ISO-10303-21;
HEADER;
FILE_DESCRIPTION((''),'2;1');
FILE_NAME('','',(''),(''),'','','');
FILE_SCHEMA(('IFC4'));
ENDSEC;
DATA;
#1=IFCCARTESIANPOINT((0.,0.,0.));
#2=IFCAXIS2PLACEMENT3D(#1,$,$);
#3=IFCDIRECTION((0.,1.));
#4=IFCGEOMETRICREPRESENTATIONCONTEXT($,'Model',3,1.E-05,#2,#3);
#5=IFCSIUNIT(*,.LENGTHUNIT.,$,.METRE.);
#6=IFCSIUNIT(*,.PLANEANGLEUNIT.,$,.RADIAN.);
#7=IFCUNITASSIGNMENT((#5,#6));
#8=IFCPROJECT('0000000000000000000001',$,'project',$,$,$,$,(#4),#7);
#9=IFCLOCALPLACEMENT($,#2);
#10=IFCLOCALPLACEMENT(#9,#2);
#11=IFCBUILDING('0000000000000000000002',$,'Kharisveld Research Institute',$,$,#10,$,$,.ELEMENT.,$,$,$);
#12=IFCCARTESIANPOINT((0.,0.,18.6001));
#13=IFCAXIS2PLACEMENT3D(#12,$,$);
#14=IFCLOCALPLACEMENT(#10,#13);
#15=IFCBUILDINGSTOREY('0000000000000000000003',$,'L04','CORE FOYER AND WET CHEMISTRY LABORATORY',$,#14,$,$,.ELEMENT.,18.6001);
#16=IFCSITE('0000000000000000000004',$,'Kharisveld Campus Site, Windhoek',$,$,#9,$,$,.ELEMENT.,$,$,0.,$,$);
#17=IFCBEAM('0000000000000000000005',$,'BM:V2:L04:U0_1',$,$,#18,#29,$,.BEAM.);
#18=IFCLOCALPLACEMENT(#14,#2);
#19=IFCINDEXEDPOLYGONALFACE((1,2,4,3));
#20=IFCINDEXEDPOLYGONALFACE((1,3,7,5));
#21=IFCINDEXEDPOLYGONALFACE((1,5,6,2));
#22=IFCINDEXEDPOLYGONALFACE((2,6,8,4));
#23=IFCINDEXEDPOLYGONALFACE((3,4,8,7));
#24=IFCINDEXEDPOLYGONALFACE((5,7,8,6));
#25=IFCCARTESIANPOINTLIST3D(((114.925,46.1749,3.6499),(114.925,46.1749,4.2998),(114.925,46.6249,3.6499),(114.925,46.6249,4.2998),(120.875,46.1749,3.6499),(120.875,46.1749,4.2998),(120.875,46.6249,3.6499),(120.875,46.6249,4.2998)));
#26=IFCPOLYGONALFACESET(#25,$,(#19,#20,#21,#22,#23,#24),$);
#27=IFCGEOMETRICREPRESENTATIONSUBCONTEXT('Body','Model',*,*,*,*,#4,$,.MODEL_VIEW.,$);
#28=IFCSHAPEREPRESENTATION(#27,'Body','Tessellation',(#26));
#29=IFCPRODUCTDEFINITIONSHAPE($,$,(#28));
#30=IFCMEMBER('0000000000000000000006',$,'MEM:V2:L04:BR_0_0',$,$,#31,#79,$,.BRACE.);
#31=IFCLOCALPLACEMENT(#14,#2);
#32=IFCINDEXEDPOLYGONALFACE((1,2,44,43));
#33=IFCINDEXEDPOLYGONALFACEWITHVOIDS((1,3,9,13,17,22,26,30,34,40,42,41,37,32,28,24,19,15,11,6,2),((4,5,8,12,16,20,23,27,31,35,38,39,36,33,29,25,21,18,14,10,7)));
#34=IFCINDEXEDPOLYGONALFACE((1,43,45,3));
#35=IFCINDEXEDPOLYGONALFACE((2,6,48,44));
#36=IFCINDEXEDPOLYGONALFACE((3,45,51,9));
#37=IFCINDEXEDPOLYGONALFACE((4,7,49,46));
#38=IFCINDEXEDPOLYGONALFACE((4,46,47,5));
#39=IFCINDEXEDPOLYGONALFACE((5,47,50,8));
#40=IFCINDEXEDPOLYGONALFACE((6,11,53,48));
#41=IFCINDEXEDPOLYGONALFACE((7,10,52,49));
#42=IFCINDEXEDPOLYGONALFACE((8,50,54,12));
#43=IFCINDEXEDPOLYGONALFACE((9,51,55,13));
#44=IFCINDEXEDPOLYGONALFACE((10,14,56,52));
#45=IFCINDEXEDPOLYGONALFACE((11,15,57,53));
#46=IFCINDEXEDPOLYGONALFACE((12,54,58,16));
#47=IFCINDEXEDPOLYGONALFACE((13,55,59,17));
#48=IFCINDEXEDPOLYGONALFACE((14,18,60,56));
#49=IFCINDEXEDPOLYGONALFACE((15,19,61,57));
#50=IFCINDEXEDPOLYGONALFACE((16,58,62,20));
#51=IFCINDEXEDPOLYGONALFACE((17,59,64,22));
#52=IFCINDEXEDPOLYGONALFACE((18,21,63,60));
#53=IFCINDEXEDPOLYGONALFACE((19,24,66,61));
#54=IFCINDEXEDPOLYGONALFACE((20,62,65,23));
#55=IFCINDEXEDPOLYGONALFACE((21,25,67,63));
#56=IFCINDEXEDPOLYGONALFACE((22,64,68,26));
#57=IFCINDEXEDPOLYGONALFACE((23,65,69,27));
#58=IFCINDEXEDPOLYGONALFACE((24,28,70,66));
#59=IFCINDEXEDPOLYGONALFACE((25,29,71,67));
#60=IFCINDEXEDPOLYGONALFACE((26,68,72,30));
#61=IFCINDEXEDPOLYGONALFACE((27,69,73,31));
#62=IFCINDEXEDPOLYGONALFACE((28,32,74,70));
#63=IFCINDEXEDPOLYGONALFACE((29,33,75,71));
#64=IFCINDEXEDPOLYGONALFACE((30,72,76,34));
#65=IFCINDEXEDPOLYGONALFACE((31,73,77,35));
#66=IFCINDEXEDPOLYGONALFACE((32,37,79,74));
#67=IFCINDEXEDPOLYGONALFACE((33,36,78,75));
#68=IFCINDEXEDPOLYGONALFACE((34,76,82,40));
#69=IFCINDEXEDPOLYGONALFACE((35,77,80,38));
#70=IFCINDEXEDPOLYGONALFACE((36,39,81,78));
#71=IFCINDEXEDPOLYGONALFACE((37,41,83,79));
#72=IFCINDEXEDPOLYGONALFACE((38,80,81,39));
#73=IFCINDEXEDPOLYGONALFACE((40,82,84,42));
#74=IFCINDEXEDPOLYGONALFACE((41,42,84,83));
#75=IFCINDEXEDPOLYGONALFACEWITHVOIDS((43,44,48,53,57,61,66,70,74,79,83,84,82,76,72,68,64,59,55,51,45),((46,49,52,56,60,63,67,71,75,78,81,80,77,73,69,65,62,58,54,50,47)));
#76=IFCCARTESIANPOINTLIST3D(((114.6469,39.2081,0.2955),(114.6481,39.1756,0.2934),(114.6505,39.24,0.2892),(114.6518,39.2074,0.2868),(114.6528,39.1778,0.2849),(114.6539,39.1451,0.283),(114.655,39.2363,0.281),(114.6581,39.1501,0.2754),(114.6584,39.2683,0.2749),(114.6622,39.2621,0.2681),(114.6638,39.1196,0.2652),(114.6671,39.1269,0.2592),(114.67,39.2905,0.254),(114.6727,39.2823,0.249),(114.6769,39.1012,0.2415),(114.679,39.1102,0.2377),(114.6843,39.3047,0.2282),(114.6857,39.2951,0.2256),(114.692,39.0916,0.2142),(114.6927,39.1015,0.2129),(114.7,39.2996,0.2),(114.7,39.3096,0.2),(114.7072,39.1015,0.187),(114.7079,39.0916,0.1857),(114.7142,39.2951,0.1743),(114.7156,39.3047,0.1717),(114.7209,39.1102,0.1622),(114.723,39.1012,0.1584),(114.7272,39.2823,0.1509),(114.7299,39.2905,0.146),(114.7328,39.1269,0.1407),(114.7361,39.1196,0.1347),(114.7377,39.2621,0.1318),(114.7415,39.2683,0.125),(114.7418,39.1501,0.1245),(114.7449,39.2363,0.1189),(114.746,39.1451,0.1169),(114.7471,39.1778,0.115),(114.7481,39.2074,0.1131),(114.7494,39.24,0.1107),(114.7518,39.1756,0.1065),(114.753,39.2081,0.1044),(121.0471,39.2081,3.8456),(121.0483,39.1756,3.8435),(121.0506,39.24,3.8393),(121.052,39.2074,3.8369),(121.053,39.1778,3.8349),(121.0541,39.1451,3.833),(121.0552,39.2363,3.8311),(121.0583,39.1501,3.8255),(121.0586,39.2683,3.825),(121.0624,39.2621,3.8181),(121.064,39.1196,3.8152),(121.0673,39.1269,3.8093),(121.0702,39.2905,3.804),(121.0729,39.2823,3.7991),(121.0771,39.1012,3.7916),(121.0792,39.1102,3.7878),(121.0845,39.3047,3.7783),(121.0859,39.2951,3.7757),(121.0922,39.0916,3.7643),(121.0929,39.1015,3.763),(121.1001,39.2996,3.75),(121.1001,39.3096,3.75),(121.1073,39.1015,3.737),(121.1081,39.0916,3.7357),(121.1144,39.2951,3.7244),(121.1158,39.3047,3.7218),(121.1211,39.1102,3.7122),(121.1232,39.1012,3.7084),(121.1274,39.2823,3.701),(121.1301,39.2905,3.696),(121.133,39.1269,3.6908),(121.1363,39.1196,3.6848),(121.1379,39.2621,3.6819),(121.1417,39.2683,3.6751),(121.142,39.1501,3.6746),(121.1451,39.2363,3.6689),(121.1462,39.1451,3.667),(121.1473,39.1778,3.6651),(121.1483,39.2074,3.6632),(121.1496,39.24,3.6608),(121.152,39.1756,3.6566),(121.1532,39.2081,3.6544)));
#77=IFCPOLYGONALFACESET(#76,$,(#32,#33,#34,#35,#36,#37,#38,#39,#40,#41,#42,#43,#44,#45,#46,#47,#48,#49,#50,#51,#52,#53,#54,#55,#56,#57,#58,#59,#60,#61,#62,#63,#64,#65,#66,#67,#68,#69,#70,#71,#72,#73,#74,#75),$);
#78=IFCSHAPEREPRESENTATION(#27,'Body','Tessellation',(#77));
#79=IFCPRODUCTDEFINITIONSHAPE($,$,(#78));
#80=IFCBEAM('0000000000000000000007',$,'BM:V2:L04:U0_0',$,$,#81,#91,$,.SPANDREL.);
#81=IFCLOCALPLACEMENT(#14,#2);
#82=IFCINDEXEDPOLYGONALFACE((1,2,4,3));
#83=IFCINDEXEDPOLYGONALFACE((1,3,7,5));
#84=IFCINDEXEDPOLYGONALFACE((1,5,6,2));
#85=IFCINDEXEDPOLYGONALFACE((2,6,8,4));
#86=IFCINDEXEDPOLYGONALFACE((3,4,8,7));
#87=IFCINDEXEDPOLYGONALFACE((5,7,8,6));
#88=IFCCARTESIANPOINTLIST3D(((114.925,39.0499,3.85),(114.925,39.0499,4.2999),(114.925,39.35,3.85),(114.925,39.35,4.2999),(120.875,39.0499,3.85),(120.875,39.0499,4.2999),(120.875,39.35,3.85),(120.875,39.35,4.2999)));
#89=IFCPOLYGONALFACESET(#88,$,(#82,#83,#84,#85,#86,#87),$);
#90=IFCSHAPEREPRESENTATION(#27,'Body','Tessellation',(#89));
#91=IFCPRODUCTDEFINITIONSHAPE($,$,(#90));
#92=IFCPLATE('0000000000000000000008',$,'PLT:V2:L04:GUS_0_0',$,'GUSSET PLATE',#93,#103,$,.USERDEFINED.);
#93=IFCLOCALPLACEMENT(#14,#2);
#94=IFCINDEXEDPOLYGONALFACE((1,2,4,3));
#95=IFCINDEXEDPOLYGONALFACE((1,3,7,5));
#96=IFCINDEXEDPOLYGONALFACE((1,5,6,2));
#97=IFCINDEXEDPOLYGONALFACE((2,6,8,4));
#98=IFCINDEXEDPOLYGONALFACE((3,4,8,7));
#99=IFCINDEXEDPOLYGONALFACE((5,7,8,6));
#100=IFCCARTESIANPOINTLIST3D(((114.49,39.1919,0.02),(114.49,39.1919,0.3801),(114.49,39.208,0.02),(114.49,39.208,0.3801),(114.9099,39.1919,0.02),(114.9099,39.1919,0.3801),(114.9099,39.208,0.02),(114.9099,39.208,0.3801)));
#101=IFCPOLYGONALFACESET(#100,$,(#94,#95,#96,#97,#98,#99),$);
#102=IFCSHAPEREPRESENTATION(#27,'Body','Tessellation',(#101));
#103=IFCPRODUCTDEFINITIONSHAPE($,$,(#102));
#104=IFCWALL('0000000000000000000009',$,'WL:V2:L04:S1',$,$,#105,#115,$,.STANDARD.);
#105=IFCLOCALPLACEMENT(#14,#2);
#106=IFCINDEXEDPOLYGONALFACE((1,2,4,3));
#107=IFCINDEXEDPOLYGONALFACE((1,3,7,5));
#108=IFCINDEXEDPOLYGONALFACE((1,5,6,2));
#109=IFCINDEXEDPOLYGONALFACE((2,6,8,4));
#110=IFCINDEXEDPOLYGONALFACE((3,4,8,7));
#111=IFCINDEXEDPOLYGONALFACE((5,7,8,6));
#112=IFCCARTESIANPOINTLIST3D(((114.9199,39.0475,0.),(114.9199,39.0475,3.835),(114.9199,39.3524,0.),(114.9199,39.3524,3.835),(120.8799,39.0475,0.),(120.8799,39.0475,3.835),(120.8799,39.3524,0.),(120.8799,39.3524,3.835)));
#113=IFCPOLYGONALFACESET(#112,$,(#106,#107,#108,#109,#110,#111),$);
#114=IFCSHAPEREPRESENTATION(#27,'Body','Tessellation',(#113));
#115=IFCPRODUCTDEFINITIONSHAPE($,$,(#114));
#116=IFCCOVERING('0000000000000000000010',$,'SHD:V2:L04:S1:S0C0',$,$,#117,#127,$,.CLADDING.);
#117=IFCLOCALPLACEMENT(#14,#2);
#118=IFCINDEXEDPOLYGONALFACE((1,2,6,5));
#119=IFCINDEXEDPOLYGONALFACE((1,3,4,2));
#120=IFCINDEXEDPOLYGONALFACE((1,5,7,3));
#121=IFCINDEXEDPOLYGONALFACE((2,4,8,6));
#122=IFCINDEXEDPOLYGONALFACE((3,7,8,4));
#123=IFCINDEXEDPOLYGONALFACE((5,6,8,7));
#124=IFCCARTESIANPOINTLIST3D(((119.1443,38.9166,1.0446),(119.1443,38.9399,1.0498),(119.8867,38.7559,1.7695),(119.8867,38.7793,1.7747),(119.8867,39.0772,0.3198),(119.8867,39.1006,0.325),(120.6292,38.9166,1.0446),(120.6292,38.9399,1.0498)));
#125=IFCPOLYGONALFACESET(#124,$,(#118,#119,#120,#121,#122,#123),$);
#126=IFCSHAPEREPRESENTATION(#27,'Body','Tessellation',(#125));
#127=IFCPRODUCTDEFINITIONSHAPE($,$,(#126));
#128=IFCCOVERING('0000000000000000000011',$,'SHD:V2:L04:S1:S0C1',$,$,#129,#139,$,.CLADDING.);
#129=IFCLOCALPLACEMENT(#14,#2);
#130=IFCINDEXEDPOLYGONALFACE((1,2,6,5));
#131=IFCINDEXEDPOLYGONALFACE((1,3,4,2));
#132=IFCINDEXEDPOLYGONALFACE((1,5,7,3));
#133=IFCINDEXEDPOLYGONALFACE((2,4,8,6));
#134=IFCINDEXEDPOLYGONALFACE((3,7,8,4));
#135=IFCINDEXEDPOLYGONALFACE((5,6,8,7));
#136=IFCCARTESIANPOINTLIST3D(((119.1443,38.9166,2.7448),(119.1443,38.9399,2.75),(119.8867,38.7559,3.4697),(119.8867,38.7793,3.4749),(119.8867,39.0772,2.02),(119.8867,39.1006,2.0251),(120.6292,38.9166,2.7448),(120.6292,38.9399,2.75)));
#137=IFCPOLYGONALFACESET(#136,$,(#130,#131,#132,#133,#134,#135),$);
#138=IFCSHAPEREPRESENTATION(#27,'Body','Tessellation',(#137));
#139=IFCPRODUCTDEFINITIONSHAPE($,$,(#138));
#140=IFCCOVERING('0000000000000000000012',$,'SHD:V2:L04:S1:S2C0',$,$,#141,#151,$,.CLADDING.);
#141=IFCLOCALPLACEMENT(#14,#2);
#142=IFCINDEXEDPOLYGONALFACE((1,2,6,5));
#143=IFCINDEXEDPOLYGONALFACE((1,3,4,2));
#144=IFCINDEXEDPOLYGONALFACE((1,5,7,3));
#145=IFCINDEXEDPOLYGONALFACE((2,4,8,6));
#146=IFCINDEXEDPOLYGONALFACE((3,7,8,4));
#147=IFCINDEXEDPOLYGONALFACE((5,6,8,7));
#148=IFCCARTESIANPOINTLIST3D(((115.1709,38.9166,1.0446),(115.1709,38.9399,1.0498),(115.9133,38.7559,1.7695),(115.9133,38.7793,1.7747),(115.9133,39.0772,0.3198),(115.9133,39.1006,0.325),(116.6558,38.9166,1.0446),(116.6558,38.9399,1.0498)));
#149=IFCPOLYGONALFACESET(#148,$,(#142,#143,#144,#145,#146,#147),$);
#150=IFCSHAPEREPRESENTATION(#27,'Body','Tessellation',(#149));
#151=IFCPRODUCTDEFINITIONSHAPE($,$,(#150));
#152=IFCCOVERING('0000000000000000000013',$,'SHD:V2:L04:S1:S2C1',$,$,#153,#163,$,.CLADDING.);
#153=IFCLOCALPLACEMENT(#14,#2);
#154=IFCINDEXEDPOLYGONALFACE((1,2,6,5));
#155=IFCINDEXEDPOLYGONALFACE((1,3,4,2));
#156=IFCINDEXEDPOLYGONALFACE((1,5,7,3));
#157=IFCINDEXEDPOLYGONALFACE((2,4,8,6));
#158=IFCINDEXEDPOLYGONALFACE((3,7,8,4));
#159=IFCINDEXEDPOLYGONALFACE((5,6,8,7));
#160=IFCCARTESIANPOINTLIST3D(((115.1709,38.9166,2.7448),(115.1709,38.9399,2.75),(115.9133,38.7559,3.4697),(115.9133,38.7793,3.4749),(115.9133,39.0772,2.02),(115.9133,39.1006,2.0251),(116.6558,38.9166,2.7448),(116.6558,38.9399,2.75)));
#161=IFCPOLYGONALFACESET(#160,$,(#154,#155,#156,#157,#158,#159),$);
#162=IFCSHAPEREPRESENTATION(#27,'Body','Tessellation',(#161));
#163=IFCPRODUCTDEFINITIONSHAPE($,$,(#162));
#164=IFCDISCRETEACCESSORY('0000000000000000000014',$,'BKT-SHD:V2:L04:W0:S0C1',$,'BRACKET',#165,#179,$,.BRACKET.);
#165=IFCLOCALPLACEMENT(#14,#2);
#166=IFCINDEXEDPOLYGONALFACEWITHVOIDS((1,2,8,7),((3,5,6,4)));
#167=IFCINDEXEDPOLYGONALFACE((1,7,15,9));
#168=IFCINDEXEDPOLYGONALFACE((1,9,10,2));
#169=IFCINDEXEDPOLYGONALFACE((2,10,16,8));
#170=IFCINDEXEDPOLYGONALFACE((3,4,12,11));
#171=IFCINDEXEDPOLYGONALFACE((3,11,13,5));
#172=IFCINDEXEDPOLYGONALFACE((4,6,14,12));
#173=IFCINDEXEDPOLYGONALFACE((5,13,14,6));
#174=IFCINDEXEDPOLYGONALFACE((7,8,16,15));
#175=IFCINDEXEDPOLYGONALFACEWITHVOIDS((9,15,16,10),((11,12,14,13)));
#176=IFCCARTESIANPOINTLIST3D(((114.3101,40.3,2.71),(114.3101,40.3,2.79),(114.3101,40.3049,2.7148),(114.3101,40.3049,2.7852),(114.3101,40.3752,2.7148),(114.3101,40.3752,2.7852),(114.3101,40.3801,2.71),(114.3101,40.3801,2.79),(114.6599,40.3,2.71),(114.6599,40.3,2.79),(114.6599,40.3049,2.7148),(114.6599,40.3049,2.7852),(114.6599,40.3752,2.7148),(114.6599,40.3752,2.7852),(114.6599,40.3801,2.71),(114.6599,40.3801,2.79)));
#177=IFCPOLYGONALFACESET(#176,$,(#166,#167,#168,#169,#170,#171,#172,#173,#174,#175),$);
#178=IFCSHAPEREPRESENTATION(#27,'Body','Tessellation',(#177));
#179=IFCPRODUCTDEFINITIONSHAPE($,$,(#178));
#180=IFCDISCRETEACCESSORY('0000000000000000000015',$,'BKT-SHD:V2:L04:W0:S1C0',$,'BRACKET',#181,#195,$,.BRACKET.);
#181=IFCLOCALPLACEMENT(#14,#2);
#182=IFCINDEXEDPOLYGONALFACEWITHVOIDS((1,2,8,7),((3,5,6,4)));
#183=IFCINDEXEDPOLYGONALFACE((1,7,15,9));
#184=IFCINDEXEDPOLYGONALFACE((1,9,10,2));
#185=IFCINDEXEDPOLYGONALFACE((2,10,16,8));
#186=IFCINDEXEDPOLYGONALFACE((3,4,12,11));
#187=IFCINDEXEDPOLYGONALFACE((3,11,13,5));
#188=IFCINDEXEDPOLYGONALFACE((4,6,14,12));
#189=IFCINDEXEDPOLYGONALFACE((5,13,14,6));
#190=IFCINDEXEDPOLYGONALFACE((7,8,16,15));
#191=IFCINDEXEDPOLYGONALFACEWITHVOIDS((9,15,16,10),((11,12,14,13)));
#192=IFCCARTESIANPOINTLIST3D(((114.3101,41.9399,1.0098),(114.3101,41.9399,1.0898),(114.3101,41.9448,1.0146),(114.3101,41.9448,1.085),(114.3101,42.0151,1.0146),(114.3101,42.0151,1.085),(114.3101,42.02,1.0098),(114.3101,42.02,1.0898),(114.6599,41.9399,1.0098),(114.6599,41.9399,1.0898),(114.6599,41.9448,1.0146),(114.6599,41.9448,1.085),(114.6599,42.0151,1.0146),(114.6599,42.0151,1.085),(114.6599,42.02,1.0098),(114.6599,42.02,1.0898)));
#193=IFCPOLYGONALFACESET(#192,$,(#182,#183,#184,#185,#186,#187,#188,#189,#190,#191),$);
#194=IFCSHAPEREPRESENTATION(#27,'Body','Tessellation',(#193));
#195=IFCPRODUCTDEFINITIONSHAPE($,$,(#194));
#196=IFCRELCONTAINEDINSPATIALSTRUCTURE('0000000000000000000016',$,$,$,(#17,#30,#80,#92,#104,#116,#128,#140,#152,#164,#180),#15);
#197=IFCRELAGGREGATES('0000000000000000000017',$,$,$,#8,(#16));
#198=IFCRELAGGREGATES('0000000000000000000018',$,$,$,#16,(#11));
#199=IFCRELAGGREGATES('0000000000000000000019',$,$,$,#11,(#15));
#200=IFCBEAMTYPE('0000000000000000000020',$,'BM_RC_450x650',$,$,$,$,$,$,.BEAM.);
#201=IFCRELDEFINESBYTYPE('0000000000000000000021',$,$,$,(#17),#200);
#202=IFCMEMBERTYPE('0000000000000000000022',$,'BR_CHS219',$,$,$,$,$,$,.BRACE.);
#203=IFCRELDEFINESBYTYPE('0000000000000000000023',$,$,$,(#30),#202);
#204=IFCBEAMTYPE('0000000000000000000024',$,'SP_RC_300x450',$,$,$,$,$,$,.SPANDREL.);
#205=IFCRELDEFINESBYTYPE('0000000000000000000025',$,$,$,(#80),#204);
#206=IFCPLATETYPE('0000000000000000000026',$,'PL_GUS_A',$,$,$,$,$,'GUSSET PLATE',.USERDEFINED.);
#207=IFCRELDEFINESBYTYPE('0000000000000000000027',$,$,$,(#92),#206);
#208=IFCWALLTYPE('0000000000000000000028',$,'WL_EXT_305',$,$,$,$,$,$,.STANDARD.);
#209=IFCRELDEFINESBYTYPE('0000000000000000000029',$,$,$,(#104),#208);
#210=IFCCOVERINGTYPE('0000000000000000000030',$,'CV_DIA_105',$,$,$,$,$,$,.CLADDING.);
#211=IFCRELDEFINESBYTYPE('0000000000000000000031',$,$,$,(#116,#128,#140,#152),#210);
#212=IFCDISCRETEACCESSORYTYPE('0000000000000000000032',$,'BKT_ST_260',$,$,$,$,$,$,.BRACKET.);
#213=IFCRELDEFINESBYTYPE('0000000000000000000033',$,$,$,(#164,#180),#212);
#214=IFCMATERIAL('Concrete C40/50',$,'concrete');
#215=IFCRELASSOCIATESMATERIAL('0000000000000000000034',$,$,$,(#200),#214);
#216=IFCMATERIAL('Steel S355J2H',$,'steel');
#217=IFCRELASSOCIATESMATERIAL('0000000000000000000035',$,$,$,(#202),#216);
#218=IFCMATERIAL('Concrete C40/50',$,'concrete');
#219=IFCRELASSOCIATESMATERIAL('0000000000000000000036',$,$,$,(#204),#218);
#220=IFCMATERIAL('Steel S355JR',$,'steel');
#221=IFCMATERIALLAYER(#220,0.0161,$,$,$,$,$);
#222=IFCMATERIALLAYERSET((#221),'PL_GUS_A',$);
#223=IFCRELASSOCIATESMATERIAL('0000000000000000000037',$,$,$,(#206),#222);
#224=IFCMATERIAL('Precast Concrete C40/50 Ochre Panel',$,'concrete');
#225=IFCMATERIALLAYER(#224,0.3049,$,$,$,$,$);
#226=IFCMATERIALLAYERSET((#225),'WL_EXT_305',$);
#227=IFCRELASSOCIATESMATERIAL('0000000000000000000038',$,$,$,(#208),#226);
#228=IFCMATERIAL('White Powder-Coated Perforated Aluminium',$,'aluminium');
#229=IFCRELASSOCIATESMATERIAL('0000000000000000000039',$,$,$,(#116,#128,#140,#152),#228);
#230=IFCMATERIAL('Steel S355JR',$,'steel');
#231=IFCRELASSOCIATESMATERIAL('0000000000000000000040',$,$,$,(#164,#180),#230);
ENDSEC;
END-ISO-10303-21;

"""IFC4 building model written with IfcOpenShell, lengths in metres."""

from ifc_helpers import new_model, si_unit, direction, frame, frame_2d, origin, origin_2d, place, context, subcontext, project, spatial, polyline, rectangle, hollow_rectangle, hollow_circle, outline, extrude, material, layer, layer_set, material_profile, profile_set, type_object, element, save


model = new_model("IFC4")

# Units and contexts
model_context = context("Model", 3, precision=1e-05, world=origin(), true_north=direction((0.0, 1.0)))
body_context = subcontext(model_context, "Body", "Model", "MODEL_VIEW")
ifc_project = project(units=[si_unit("LENGTHUNIT", "METRE"), si_unit("PLANEANGLEUNIT", "RADIAN")], contexts=[model_context])

# Site, building, storey
site_placement = place(None, origin())
site = spatial("IfcSite", under=ifc_project, at=site_placement, Name="Kharisveld Campus Site, Windhoek", CompositionType="ELEMENT", RefElevation=0.0)
building_placement = place(site_placement, origin())
building = spatial("IfcBuilding", under=site, at=building_placement, Name="Kharisveld Research Institute", CompositionType="ELEMENT")
storey_placement = place(building_placement, frame((0.0, 0.0, 18.6001)))
storey = spatial("IfcBuildingStorey", under=building, at=storey_placement, Name="L04", Description="CORE FOYER AND WET CHEMISTRY LABORATORY", CompositionType="ELEMENT", Elevation=18.6001)

# Beam
ifc_material_1 = material(Name="Concrete C40/50", Category="concrete")
ifc_material_profile_1 = material_profile(ifc_material_1, rectangle(XDim=0.45, YDim=0.6499, at=origin_2d()))
ifc_profile_set_1 = profile_set([ifc_material_profile_1], Name="Concrete C40/50")
beam_type_1 = type_object("IfcBeamType", Name="BM_RC_450x650", PredefinedType="BEAM", material=ifc_profile_set_1)
beam_1_placement = place(storey_placement, frame((114.925, 46.3999, 3.9749), z_axis=(1.0, 0.0, 0.0), x_axis=(0.0, 1.0, 0.0)))
element("IfcBeam", 1, at=beam_1_placement, inside=storey, type_object=beam_type_1, Name="BM:V2:L04:U0_1", PredefinedType="BEAM", context=body_context, shape_type="SweptSolid", body=[
    extrude(rectangle(XDim=0.45, YDim=0.6499, at=origin_2d()), origin(), (0.0, 0.0, 1.0), 5.95),
])

# Member
ifc_material_2 = material(Name="Steel S355J2H", Category="steel")
ifc_material_profile_2 = material_profile(ifc_material_2, hollow_circle(Radius=0.1096, WallThickness=0.01, at=origin_2d()))
ifc_profile_set_2 = profile_set([ifc_material_profile_2], Name="Steel S355J2H")
member_type = type_object("IfcMemberType", Name="BR_CHS219", PredefinedType="BRACE", material=ifc_profile_set_2)
member_placement = place(storey_placement, frame((114.7, 39.2, 0.2), z_axis=(0.874481, 0.0, 0.485059), x_axis=(0.0, 1.0, 0.0)))
element("IfcMember", 2, at=member_placement, inside=storey, type_object=member_type, Name="MEM:V2:L04:BR_0_0", PredefinedType="BRACE", context=body_context, shape_type="SweptSolid", body=[
    extrude(hollow_circle(Radius=0.1096, WallThickness=0.01, at=origin_2d()), origin(), (0.0, 0.0, 1.0), 7.3188),
])

# Beam
ifc_material_3 = material(Name="Concrete C40/50", Category="concrete")
ifc_material_profile_3 = material_profile(ifc_material_3, rectangle(XDim=0.3, YDim=0.45, at=origin_2d()))
ifc_profile_set_3 = profile_set([ifc_material_profile_3], Name="Concrete C40/50")
beam_type_2 = type_object("IfcBeamType", Name="SP_RC_300x450", PredefinedType="SPANDREL", material=ifc_profile_set_3)
beam_2_placement = place(storey_placement, frame((114.925, 39.2, 4.075), z_axis=(1.0, 0.0, 0.0), x_axis=(0.0, 1.0, 0.0)))
element("IfcBeam", 3, at=beam_2_placement, inside=storey, type_object=beam_type_2, Name="BM:V2:L04:U0_0", PredefinedType="SPANDREL", context=body_context, shape_type="SweptSolid", body=[
    extrude(rectangle(XDim=0.3, YDim=0.45, at=origin_2d()), origin(), (0.0, 0.0, 1.0), 5.95),
])

# Plate
ifc_material_4 = material(Name="Steel S355JR", Category="steel")
ifc_layer_1 = layer(ifc_material_4, 0.0161)
ifc_layer_set_1 = layer_set([ifc_layer_1], Name="PL_GUS_A")
plate_type = type_object("IfcPlateType", Name="PL_GUS_A", ElementType="GUSSET PLATE", PredefinedType="USERDEFINED", material=ifc_layer_set_1)
plate_placement = place(storey_placement, frame((114.7, 39.2, 0.02), z_axis=(0.0, 0.0, 1.0), x_axis=(1.0, 0.0, 0.0)))
element("IfcPlate", 4, at=plate_placement, inside=storey, type_object=plate_type, Name="PLT:V2:L04:GUS_0_0", ObjectType="GUSSET PLATE", PredefinedType="USERDEFINED", context=body_context, shape_type="SweptSolid", body=[
    extrude(rectangle(XDim=0.4199, YDim=0.0161, at=origin_2d()), origin(), (0.0, 0.0, 1.0), 0.3601),
])

# Wall
ifc_material_5 = material(Name="Precast Concrete C40/50 Ochre Panel", Category="concrete")
ifc_layer_2 = layer(ifc_material_5, 0.3049)
ifc_layer_set_2 = layer_set([ifc_layer_2], Name="WL_EXT_305")
wall_type = type_object("IfcWallType", Name="WL_EXT_305", PredefinedType="STANDARD", material=ifc_layer_set_2)
wall_placement = place(storey_placement, frame((120.8799, 39.2, 0.0), z_axis=(0.0, 0.0, 1.0), x_axis=(-1.0, 0.0, 0.0)))
element("IfcWall", 5, at=wall_placement, inside=storey, type_object=wall_type, Name="WL:V2:L04:S1", PredefinedType="STANDARD", context=body_context, shape_type="SweptSolid", body=[
    extrude(rectangle(XDim=5.96, YDim=0.3049, at=frame_2d((2.98, 0.0))), origin(), (0.0, 0.0, 1.0), 3.835),
])

# Coverings
ifc_material_6 = material(Name="White Powder-Coated Perforated Aluminium", Category="aluminium")
covering_type = type_object("IfcCoveringType", Name="CV_DIA_105", PredefinedType="CLADDING")
for number, where, z_axis, x_axis, name in (
    (6, (119.8867, 39.1006, 0.325), (0.0, 0.976311, 0.216373), (-0.707102, -0.153, 0.69036), "SHD:V2:L04:S1:S0C0"),
    (7, (119.8867, 39.1006, 2.0251), (0.0, 0.976311, 0.216373), (-0.707102, -0.153, 0.69036), "SHD:V2:L04:S1:S0C1"),
    (8, (115.9133, 39.1006, 0.325), (0.0, 0.976311, 0.216373), (-0.707102, -0.153, 0.69036), "SHD:V2:L04:S1:S2C0"),
    (9, (115.9133, 39.1006, 2.0251), (0.0, 0.976311, 0.216373), (-0.707102, -0.153, 0.69036), "SHD:V2:L04:S1:S2C1"),
):
    element("IfcCovering", number, at=place(storey_placement, frame(where, z_axis=z_axis, x_axis=x_axis)), inside=storey, type_object=covering_type, material=ifc_material_6, Name=name, PredefinedType="CLADDING", context=body_context, shape_type="SweptSolid", body=[
        extrude(outline(polyline([(0.0, 0.0), (1.05, 0.0), (1.05, 1.05), (0.0, 1.05), (0.0, 0.0)])), origin(), (0.0, 0.0, -1.0), 0.0239),
    ])

# Discrete accessories
ifc_material_7 = material(Name="Steel S355JR", Category="steel")
discrete_accessory_type = type_object("IfcDiscreteAccessoryType", Name="BKT_ST_260", PredefinedType="BRACKET")
for number, where, z_axis, x_axis, name in (
    (10, (114.6599, 40.3401, 2.75), (-1.0, 0.0, 0.0), (0.0, -1.0, 0.0), "BKT-SHD:V2:L04:W0:S0C1"),
    (11, (114.6599, 41.98, 1.0498), (-1.0, 0.0, 0.0), (0.0, -1.0, 0.0), "BKT-SHD:V2:L04:W0:S1C0"),
):
    element("IfcDiscreteAccessory", number, at=place(storey_placement, frame(where, z_axis=z_axis, x_axis=x_axis)), inside=storey, type_object=discrete_accessory_type, material=ifc_material_7, Name=name, ObjectType="BRACKET", PredefinedType="BRACKET", context=body_context, shape_type="SweptSolid", body=[
        extrude(hollow_rectangle(XDim=0.0801, YDim=0.0801, WallThickness=0.0049, at=origin_2d()), origin(), (0.0, 0.0, 1.0), 0.3499),
    ])

save(model, "model.ifc")
